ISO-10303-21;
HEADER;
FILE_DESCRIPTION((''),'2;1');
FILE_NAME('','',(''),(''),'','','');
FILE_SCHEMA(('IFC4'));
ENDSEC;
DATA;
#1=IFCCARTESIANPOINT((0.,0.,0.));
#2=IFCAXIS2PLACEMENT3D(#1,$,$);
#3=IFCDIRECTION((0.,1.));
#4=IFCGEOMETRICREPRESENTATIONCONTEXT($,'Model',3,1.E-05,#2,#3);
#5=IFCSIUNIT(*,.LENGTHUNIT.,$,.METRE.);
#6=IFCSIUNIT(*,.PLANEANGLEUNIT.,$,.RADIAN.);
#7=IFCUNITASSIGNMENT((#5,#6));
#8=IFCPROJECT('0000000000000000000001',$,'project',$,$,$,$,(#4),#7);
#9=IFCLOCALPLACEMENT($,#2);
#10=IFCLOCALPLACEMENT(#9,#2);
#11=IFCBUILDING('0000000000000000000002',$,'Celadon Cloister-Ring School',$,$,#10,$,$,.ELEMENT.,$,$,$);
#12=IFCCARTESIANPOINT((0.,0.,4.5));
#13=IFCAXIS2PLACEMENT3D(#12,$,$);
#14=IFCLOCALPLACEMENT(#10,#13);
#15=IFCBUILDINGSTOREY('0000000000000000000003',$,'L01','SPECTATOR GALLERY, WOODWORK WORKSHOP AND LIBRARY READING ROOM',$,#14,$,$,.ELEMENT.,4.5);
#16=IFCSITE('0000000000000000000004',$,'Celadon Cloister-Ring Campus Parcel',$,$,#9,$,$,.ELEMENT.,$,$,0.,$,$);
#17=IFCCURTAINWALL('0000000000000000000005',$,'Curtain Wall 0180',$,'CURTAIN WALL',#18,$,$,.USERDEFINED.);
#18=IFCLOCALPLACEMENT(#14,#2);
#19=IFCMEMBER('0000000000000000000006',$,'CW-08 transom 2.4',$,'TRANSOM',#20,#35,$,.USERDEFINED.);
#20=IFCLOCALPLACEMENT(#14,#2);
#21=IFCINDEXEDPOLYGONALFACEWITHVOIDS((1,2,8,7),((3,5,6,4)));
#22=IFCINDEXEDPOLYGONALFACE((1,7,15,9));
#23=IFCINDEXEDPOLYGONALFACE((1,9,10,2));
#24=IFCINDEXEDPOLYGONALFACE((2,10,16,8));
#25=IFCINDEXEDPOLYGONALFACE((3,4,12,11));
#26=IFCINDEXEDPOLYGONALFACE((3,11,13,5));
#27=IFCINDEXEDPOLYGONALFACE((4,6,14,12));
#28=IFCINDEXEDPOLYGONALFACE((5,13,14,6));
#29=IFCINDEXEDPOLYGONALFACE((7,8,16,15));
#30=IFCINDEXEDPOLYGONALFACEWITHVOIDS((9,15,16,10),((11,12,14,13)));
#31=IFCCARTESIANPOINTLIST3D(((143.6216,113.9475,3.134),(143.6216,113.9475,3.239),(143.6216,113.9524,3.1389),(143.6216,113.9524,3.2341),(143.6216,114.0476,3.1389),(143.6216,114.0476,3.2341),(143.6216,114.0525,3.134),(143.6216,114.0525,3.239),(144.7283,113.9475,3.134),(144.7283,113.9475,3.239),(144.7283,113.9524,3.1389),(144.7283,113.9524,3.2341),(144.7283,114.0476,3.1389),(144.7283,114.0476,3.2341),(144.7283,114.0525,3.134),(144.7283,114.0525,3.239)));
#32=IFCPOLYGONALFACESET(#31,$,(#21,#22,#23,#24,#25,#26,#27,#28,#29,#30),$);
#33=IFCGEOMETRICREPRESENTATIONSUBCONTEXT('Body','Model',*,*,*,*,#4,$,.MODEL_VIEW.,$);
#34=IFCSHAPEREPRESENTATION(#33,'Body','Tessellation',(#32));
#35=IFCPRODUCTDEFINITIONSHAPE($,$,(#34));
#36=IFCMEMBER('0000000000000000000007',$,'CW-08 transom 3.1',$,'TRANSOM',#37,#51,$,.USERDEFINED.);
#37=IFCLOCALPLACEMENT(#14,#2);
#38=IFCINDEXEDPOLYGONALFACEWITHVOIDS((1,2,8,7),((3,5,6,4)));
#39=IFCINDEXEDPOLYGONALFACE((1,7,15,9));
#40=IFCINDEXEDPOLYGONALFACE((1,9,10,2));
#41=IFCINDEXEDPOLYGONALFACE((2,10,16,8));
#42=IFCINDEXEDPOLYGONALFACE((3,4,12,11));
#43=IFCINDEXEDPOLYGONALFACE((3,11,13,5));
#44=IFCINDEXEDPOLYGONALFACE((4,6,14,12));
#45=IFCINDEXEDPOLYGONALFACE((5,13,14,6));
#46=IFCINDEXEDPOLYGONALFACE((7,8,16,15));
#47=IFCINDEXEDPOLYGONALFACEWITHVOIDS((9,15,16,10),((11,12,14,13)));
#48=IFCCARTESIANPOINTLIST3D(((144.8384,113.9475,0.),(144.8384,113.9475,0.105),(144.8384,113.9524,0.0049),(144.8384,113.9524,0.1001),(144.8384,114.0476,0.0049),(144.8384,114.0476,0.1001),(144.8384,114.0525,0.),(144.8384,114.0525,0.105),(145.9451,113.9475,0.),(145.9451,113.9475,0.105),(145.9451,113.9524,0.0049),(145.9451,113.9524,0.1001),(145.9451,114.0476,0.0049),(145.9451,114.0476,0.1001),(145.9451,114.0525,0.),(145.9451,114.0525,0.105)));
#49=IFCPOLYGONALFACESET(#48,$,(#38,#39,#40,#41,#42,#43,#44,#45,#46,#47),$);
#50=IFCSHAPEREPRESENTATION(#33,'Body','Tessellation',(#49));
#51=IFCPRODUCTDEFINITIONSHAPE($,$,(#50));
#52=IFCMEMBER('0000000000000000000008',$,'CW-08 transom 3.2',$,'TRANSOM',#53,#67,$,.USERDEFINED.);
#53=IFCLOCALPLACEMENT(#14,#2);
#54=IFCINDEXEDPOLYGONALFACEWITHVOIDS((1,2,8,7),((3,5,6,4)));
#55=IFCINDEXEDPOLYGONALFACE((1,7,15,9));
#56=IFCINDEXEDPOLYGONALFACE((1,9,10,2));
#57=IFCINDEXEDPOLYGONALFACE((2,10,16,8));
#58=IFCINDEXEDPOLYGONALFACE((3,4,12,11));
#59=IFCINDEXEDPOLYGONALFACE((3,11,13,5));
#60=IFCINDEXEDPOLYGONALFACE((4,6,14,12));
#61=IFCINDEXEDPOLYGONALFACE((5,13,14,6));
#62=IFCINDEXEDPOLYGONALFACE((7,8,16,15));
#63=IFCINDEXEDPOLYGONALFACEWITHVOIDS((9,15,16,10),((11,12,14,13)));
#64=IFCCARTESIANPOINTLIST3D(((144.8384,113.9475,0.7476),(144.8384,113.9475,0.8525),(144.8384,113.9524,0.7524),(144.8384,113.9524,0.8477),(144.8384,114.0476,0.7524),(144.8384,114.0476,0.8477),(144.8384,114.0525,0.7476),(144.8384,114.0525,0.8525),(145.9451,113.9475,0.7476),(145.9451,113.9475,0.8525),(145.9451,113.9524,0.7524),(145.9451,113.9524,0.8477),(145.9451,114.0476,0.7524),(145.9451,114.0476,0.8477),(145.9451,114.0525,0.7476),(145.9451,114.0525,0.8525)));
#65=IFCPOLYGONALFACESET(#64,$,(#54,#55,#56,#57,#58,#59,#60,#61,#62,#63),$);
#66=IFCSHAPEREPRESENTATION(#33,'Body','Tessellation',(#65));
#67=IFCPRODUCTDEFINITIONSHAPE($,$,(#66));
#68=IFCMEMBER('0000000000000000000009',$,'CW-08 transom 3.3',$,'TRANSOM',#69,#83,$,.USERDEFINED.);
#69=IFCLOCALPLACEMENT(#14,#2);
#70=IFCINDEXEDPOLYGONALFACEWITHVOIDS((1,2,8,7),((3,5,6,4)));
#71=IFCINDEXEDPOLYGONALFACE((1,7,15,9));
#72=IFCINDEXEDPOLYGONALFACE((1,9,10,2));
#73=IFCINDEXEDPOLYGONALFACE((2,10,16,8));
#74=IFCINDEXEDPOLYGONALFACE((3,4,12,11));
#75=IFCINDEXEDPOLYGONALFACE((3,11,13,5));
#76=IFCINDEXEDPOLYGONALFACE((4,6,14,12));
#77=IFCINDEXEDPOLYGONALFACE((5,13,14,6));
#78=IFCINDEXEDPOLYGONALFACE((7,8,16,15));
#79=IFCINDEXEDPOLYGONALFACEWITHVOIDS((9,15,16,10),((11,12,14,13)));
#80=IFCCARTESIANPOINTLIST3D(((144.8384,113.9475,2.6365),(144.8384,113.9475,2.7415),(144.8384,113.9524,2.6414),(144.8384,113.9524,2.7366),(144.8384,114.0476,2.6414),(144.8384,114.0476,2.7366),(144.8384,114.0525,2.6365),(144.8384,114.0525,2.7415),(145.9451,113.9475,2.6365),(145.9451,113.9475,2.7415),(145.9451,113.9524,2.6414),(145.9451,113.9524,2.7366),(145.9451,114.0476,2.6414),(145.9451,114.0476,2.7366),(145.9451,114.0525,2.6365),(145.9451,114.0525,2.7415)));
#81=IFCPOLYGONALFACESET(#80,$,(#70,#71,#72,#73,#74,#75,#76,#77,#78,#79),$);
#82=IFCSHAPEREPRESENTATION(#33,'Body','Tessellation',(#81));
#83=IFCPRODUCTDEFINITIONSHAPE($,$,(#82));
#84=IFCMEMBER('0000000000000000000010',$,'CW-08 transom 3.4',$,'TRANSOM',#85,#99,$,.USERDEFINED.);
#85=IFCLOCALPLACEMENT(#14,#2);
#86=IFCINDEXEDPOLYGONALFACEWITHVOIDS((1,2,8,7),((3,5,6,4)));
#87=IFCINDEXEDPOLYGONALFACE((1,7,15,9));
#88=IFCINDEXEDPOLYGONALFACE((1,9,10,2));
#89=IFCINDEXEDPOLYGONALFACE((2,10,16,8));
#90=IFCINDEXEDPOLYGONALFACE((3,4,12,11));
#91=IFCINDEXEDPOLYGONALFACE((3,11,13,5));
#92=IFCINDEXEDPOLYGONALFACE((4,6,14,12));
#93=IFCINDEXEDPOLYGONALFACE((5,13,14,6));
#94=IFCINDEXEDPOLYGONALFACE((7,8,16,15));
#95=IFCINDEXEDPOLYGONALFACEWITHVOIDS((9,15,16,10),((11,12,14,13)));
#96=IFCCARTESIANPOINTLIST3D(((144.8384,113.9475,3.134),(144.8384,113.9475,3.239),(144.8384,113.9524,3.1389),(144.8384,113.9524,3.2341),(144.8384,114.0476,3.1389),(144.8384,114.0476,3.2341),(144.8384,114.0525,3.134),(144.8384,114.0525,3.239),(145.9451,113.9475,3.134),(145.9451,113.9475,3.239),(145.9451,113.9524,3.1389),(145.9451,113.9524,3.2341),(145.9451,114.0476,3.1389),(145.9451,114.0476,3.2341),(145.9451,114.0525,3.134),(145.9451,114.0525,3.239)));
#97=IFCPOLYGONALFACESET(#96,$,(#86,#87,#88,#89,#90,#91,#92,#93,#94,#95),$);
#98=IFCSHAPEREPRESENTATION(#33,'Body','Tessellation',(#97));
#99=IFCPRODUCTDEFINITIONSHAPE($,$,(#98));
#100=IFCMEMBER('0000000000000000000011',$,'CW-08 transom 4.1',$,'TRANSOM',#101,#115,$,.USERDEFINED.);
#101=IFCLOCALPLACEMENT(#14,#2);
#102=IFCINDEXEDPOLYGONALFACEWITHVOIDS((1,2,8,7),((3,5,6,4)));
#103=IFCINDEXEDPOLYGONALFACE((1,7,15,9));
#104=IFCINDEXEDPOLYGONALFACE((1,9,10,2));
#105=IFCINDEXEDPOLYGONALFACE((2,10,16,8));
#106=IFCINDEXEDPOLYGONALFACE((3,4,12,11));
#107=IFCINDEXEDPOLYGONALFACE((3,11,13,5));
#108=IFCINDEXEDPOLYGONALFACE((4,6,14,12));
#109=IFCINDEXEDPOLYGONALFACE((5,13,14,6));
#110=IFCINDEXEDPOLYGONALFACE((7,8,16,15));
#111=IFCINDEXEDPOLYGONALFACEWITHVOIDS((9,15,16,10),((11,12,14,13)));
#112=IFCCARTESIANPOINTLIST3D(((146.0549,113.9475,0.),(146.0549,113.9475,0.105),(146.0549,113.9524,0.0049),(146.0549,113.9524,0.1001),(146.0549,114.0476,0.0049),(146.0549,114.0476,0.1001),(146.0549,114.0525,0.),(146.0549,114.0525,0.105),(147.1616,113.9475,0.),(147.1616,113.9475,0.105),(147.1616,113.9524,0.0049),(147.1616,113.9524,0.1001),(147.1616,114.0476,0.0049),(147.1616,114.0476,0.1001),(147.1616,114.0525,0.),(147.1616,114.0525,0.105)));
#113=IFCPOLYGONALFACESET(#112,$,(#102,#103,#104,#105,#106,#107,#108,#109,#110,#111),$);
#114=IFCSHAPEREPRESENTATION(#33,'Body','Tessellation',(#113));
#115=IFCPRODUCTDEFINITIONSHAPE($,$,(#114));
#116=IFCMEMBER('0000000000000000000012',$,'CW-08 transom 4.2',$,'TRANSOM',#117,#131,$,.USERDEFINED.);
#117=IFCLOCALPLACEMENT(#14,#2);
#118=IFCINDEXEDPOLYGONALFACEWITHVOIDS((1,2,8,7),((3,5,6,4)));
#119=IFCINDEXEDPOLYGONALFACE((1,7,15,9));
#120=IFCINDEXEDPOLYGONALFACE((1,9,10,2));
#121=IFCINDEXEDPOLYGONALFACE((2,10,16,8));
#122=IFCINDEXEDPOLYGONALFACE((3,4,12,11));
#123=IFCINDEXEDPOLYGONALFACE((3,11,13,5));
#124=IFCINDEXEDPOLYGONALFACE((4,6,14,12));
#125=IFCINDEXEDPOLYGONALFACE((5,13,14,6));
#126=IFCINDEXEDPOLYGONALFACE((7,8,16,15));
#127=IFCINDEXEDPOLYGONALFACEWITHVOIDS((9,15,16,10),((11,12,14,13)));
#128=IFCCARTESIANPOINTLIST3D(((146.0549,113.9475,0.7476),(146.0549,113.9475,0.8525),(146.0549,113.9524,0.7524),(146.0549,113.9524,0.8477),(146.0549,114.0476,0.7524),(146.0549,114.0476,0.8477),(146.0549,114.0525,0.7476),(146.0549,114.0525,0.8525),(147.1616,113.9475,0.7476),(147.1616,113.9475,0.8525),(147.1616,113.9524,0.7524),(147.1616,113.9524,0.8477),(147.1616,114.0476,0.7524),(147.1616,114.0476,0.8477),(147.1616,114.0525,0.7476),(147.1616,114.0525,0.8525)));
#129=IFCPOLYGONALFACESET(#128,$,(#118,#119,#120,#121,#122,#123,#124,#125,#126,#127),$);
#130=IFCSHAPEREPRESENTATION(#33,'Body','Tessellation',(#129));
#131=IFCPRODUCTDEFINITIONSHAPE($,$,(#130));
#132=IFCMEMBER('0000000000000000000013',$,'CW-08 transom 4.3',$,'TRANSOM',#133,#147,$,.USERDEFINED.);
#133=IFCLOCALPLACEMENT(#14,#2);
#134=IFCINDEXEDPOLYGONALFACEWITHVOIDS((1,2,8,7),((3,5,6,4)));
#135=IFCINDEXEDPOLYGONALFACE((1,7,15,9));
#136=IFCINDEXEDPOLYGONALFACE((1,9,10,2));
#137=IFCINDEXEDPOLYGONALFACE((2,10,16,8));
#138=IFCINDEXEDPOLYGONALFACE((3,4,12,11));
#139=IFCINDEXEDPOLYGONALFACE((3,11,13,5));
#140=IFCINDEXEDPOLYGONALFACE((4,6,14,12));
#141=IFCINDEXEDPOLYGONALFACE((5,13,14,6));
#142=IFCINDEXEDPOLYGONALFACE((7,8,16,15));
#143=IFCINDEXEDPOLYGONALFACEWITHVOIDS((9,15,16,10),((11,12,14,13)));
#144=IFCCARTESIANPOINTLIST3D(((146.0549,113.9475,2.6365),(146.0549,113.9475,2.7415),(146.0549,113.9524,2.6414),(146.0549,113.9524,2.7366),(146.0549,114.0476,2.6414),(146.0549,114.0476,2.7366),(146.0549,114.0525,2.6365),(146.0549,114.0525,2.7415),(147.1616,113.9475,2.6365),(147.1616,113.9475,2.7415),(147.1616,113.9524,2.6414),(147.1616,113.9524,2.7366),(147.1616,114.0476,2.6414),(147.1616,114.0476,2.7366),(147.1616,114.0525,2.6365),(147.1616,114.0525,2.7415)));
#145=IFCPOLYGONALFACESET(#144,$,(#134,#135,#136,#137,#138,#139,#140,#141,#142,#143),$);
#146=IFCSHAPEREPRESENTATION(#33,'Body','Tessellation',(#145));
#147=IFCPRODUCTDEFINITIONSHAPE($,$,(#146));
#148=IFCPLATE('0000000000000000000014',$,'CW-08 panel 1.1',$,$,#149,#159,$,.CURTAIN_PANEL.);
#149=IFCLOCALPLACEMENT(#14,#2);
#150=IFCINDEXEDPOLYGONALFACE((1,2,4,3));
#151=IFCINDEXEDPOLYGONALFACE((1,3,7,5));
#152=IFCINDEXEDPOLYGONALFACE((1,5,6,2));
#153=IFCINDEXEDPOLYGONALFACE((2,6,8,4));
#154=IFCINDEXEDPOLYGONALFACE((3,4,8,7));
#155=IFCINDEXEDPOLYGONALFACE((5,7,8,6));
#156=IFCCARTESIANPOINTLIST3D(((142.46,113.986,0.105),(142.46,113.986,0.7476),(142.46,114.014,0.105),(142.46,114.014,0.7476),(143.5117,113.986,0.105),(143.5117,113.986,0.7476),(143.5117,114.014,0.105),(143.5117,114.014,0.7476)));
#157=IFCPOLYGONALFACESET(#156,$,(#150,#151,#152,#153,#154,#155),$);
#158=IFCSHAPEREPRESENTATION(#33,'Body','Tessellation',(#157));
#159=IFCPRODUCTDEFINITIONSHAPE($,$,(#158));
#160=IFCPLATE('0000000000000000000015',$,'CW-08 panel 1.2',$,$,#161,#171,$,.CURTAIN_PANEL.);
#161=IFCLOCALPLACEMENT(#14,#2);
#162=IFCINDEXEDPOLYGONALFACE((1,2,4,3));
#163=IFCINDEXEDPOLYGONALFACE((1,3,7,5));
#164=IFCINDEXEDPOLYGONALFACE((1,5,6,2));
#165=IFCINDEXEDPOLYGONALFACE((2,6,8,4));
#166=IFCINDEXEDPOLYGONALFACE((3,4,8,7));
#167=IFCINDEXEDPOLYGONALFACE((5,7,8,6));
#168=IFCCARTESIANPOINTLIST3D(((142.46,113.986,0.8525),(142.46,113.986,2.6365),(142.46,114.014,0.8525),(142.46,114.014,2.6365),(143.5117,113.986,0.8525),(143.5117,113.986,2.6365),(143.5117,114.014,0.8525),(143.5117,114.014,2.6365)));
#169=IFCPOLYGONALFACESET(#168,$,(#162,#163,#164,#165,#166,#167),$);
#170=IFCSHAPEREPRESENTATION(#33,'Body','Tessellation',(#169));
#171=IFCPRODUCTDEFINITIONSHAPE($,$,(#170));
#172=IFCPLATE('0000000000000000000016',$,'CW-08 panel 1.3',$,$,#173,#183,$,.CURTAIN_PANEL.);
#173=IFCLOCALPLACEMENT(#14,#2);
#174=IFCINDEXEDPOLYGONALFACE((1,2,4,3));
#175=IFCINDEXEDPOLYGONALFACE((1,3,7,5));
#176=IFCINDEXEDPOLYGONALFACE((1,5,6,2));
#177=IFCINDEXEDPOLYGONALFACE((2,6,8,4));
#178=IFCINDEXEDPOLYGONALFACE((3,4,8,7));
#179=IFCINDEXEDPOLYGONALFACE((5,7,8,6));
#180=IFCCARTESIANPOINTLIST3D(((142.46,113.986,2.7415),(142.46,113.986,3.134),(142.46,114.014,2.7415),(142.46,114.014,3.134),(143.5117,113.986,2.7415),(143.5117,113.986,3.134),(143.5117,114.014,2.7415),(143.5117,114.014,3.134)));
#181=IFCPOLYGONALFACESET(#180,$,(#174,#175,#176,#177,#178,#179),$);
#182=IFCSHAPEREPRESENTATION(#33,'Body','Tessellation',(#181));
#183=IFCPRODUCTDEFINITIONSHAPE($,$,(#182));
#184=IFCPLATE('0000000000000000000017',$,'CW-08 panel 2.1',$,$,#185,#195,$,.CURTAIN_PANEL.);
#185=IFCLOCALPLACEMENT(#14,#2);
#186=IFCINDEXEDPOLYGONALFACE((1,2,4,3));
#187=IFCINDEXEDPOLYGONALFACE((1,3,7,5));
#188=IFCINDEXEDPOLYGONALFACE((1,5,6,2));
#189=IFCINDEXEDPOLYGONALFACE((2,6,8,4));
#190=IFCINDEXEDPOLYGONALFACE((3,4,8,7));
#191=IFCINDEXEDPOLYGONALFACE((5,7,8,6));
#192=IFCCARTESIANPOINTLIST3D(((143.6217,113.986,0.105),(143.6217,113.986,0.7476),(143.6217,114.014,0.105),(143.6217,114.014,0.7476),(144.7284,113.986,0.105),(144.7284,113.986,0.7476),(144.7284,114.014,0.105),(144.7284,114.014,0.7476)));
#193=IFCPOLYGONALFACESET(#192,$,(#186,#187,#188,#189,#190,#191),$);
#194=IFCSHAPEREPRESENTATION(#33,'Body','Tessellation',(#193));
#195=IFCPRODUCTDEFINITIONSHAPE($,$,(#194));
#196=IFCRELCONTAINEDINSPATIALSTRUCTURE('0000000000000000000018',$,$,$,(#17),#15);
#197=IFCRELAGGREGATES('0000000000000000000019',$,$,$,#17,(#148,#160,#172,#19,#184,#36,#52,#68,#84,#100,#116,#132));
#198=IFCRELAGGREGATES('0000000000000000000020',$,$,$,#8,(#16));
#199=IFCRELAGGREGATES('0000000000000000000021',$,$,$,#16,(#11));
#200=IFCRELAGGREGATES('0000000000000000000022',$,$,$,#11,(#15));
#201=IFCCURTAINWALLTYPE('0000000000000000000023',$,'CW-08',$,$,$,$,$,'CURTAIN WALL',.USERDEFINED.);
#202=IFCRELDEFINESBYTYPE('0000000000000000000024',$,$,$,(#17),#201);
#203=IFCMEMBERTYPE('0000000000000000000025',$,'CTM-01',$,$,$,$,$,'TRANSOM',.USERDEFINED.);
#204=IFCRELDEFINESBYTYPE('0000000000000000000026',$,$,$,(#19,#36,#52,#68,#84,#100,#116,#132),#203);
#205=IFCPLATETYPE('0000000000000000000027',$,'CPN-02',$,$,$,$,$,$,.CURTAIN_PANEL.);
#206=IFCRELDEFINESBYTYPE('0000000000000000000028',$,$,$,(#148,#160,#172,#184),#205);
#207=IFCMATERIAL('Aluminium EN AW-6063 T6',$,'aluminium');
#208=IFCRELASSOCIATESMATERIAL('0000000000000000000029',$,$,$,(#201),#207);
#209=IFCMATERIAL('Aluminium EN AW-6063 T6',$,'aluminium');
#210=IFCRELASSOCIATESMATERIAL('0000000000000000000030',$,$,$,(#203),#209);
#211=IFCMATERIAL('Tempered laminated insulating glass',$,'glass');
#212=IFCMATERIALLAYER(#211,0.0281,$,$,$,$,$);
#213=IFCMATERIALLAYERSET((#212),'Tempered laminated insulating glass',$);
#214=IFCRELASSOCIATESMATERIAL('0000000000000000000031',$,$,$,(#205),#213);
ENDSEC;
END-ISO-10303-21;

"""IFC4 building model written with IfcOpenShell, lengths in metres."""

from ifc_helpers import new_model, si_unit, direction, frame, origin, origin_2d, place, context, subcontext, project, spatial, rectangle, hollow_rectangle, extrude, material, layer, layer_set, material_profile, profile_set, type_object, element, aggregate, save


model = new_model("IFC4")

# Units and contexts
model_context = context("Model", 3, precision=1e-05, world=origin(), true_north=direction((0.0, 1.0)))
body_context = subcontext(model_context, "Body", "Model", "MODEL_VIEW")
ifc_project = project(units=[si_unit("LENGTHUNIT", "METRE"), si_unit("PLANEANGLEUNIT", "RADIAN")], contexts=[model_context])

# Site, building, storey
site_placement = place(None, origin())
site = spatial("IfcSite", under=ifc_project, at=site_placement, Name="Celadon Cloister-Ring Campus Parcel", CompositionType="ELEMENT", RefElevation=0.0)
building_placement = place(site_placement, origin())
building = spatial("IfcBuilding", under=site, at=building_placement, Name="Celadon Cloister-Ring School", CompositionType="ELEMENT")
storey_placement = place(building_placement, frame((0.0, 0.0, 4.5)))
storey = spatial("IfcBuildingStorey", under=building, at=storey_placement, Name="L01", Description="SPECTATOR GALLERY, WOODWORK WORKSHOP AND LIBRARY READING ROOM", CompositionType="ELEMENT", Elevation=4.5)

# Curtain wall, members, plates
ifc_material_1 = material(Name="Aluminium EN AW-6063 T6", Category="aluminium")
curtain_wall_type = type_object("IfcCurtainWallType", Name="CW-08", ElementType="CURTAIN WALL", PredefinedType="USERDEFINED", material=ifc_material_1)
curtain_wall_placement = place(storey_placement, origin())
curtain_wall = element("IfcCurtainWall", 1, at=curtain_wall_placement, inside=storey, type_object=curtain_wall_type, Name="Curtain Wall 0180", ObjectType="CURTAIN WALL", PredefinedType="USERDEFINED")
ifc_material_2 = material(Name="Aluminium EN AW-6063 T6", Category="aluminium")
ifc_material_profile_1 = material_profile(ifc_material_2, hollow_rectangle(XDim=0.105, YDim=0.105, WallThickness=0.0049, at=origin_2d()), Name="RHS105X105X5")
ifc_profile_set_1 = profile_set([ifc_material_profile_1], Name="Aluminium EN AW-6063 T6")
member_type_1 = type_object("IfcMemberType", Name="CTM-01", ElementType="TRANSOM", PredefinedType="USERDEFINED", material=ifc_profile_set_1)
member_1_placement = place(storey_placement, frame((143.6216, 114.0, 3.1865), z_axis=(1.0, 0.0, 0.0), x_axis=(0.0, 1.0, 0.0)))
member_1 = element("IfcMember", 2, at=member_1_placement, type_object=member_type_1, Name="CW-08 transom 2.4", ObjectType="TRANSOM", PredefinedType="USERDEFINED", context=body_context, shape_type="SweptSolid", body=[
    extrude(hollow_rectangle(XDim=0.105, YDim=0.105, WallThickness=0.0049, at=origin_2d()), origin(), (0.0, 0.0, 1.0), 1.1067),
])
member_2_placement = place(storey_placement, frame((144.8384, 114.0, 0.0525), z_axis=(1.0, 0.0, 0.0), x_axis=(0.0, 1.0, 0.0)))
member_2 = element("IfcMember", 3, at=member_2_placement, type_object=member_type_1, Name="CW-08 transom 3.1", ObjectType="TRANSOM", PredefinedType="USERDEFINED", context=body_context, shape_type="SweptSolid", body=[
    extrude(hollow_rectangle(XDim=0.105, YDim=0.105, WallThickness=0.0049, at=origin_2d()), origin(), (0.0, 0.0, 1.0), 1.1067),
])
member_3_placement = place(storey_placement, frame((144.8384, 114.0, 0.8), z_axis=(1.0, 0.0, 0.0), x_axis=(0.0, 1.0, 0.0)))
member_3 = element("IfcMember", 4, at=member_3_placement, type_object=member_type_1, Name="CW-08 transom 3.2", ObjectType="TRANSOM", PredefinedType="USERDEFINED", context=body_context, shape_type="SweptSolid", body=[
    extrude(hollow_rectangle(XDim=0.105, YDim=0.105, WallThickness=0.0049, at=origin_2d()), origin(), (0.0, 0.0, 1.0), 1.1067),
])
member_4_placement = place(storey_placement, frame((144.8384, 114.0, 2.689), z_axis=(1.0, 0.0, 0.0), x_axis=(0.0, 1.0, 0.0)))
member_4 = element("IfcMember", 5, at=member_4_placement, type_object=member_type_1, Name="CW-08 transom 3.3", ObjectType="TRANSOM", PredefinedType="USERDEFINED", context=body_context, shape_type="SweptSolid", body=[
    extrude(hollow_rectangle(XDim=0.105, YDim=0.105, WallThickness=0.0049, at=origin_2d()), origin(), (0.0, 0.0, 1.0), 1.1067),
])
member_5_placement = place(storey_placement, frame((144.8384, 114.0, 3.1865), z_axis=(1.0, 0.0, 0.0), x_axis=(0.0, 1.0, 0.0)))
member_5 = element("IfcMember", 6, at=member_5_placement, type_object=member_type_1, Name="CW-08 transom 3.4", ObjectType="TRANSOM", PredefinedType="USERDEFINED", context=body_context, shape_type="SweptSolid", body=[
    extrude(hollow_rectangle(XDim=0.105, YDim=0.105, WallThickness=0.0049, at=origin_2d()), origin(), (0.0, 0.0, 1.0), 1.1067),
])
member_6_placement = place(storey_placement, frame((146.0549, 114.0, 0.0525), z_axis=(1.0, 0.0, 0.0), x_axis=(0.0, 1.0, 0.0)))
member_6 = element("IfcMember", 7, at=member_6_placement, type_object=member_type_1, Name="CW-08 transom 4.1", ObjectType="TRANSOM", PredefinedType="USERDEFINED", context=body_context, shape_type="SweptSolid", body=[
    extrude(hollow_rectangle(XDim=0.105, YDim=0.105, WallThickness=0.0049, at=origin_2d()), origin(), (0.0, 0.0, 1.0), 1.1067),
])
member_7_placement = place(storey_placement, frame((146.0549, 114.0, 0.8), z_axis=(1.0, 0.0, 0.0), x_axis=(0.0, 1.0, 0.0)))
member_7 = element("IfcMember", 8, at=member_7_placement, type_object=member_type_1, Name="CW-08 transom 4.2", ObjectType="TRANSOM", PredefinedType="USERDEFINED", context=body_context, shape_type="SweptSolid", body=[
    extrude(hollow_rectangle(XDim=0.105, YDim=0.105, WallThickness=0.0049, at=origin_2d()), origin(), (0.0, 0.0, 1.0), 1.1067),
])
member_8_placement = place(storey_placement, frame((146.0549, 114.0, 2.689), z_axis=(1.0, 0.0, 0.0), x_axis=(0.0, 1.0, 0.0)))
member_8 = element("IfcMember", 9, at=member_8_placement, type_object=member_type_1, Name="CW-08 transom 4.3", ObjectType="TRANSOM", PredefinedType="USERDEFINED", context=body_context, shape_type="SweptSolid", body=[
    extrude(hollow_rectangle(XDim=0.105, YDim=0.105, WallThickness=0.0049, at=origin_2d()), origin(), (0.0, 0.0, 1.0), 1.1067),
])
ifc_material_3 = material(Name="Tempered laminated insulating glass", Category="glass")
ifc_layer = layer(ifc_material_3, 0.0281)
ifc_layer_set = layer_set([ifc_layer], Name="Tempered laminated insulating glass")
plate_type = type_object("IfcPlateType", Name="CPN-02", PredefinedType="CURTAIN_PANEL", material=ifc_layer_set)
plate_1_placement = place(storey_placement, frame((142.9858, 114.0, 0.105), z_axis=(0.0, 0.0, 1.0), x_axis=(1.0, 0.0, 0.0)))
plate_1 = element("IfcPlate", 10, at=plate_1_placement, type_object=plate_type, Name="CW-08 panel 1.1", PredefinedType="CURTAIN_PANEL", context=body_context, shape_type="SweptSolid", body=[
    extrude(rectangle(XDim=1.0518, YDim=0.0281, at=origin_2d()), origin(), (0.0, 0.0, 1.0), 0.6426),
])
plate_2_placement = place(storey_placement, frame((142.9858, 114.0, 0.8525), z_axis=(0.0, 0.0, 1.0), x_axis=(1.0, 0.0, 0.0)))
plate_2 = element("IfcPlate", 11, at=plate_2_placement, type_object=plate_type, Name="CW-08 panel 1.2", PredefinedType="CURTAIN_PANEL", context=body_context, shape_type="SweptSolid", body=[
    extrude(rectangle(XDim=1.0518, YDim=0.0281, at=origin_2d()), origin(), (0.0, 0.0, 1.0), 1.7839),
])
plate_3_placement = place(storey_placement, frame((142.9858, 114.0, 2.7415), z_axis=(0.0, 0.0, 1.0), x_axis=(1.0, 0.0, 0.0)))
plate_3 = element("IfcPlate", 12, at=plate_3_placement, type_object=plate_type, Name="CW-08 panel 1.3", PredefinedType="CURTAIN_PANEL", context=body_context, shape_type="SweptSolid", body=[
    extrude(rectangle(XDim=1.0518, YDim=0.0281, at=origin_2d()), origin(), (0.0, 0.0, 1.0), 0.3926),
])
plate_4_placement = place(storey_placement, frame((144.175, 114.0, 0.105), z_axis=(0.0, 0.0, 1.0), x_axis=(1.0, 0.0, 0.0)))
plate_4 = element("IfcPlate", 13, at=plate_4_placement, type_object=plate_type, Name="CW-08 panel 2.1", PredefinedType="CURTAIN_PANEL", context=body_context, shape_type="SweptSolid", body=[
    extrude(rectangle(XDim=1.1067, YDim=0.0281, at=origin_2d()), origin(), (0.0, 0.0, 1.0), 0.6426),
])
aggregate(curtain_wall, [plate_1, plate_2, plate_3, member_1, plate_4, member_2, member_3, member_4, member_5, member_6, member_7, member_8])

save(model, "model.ifc")
